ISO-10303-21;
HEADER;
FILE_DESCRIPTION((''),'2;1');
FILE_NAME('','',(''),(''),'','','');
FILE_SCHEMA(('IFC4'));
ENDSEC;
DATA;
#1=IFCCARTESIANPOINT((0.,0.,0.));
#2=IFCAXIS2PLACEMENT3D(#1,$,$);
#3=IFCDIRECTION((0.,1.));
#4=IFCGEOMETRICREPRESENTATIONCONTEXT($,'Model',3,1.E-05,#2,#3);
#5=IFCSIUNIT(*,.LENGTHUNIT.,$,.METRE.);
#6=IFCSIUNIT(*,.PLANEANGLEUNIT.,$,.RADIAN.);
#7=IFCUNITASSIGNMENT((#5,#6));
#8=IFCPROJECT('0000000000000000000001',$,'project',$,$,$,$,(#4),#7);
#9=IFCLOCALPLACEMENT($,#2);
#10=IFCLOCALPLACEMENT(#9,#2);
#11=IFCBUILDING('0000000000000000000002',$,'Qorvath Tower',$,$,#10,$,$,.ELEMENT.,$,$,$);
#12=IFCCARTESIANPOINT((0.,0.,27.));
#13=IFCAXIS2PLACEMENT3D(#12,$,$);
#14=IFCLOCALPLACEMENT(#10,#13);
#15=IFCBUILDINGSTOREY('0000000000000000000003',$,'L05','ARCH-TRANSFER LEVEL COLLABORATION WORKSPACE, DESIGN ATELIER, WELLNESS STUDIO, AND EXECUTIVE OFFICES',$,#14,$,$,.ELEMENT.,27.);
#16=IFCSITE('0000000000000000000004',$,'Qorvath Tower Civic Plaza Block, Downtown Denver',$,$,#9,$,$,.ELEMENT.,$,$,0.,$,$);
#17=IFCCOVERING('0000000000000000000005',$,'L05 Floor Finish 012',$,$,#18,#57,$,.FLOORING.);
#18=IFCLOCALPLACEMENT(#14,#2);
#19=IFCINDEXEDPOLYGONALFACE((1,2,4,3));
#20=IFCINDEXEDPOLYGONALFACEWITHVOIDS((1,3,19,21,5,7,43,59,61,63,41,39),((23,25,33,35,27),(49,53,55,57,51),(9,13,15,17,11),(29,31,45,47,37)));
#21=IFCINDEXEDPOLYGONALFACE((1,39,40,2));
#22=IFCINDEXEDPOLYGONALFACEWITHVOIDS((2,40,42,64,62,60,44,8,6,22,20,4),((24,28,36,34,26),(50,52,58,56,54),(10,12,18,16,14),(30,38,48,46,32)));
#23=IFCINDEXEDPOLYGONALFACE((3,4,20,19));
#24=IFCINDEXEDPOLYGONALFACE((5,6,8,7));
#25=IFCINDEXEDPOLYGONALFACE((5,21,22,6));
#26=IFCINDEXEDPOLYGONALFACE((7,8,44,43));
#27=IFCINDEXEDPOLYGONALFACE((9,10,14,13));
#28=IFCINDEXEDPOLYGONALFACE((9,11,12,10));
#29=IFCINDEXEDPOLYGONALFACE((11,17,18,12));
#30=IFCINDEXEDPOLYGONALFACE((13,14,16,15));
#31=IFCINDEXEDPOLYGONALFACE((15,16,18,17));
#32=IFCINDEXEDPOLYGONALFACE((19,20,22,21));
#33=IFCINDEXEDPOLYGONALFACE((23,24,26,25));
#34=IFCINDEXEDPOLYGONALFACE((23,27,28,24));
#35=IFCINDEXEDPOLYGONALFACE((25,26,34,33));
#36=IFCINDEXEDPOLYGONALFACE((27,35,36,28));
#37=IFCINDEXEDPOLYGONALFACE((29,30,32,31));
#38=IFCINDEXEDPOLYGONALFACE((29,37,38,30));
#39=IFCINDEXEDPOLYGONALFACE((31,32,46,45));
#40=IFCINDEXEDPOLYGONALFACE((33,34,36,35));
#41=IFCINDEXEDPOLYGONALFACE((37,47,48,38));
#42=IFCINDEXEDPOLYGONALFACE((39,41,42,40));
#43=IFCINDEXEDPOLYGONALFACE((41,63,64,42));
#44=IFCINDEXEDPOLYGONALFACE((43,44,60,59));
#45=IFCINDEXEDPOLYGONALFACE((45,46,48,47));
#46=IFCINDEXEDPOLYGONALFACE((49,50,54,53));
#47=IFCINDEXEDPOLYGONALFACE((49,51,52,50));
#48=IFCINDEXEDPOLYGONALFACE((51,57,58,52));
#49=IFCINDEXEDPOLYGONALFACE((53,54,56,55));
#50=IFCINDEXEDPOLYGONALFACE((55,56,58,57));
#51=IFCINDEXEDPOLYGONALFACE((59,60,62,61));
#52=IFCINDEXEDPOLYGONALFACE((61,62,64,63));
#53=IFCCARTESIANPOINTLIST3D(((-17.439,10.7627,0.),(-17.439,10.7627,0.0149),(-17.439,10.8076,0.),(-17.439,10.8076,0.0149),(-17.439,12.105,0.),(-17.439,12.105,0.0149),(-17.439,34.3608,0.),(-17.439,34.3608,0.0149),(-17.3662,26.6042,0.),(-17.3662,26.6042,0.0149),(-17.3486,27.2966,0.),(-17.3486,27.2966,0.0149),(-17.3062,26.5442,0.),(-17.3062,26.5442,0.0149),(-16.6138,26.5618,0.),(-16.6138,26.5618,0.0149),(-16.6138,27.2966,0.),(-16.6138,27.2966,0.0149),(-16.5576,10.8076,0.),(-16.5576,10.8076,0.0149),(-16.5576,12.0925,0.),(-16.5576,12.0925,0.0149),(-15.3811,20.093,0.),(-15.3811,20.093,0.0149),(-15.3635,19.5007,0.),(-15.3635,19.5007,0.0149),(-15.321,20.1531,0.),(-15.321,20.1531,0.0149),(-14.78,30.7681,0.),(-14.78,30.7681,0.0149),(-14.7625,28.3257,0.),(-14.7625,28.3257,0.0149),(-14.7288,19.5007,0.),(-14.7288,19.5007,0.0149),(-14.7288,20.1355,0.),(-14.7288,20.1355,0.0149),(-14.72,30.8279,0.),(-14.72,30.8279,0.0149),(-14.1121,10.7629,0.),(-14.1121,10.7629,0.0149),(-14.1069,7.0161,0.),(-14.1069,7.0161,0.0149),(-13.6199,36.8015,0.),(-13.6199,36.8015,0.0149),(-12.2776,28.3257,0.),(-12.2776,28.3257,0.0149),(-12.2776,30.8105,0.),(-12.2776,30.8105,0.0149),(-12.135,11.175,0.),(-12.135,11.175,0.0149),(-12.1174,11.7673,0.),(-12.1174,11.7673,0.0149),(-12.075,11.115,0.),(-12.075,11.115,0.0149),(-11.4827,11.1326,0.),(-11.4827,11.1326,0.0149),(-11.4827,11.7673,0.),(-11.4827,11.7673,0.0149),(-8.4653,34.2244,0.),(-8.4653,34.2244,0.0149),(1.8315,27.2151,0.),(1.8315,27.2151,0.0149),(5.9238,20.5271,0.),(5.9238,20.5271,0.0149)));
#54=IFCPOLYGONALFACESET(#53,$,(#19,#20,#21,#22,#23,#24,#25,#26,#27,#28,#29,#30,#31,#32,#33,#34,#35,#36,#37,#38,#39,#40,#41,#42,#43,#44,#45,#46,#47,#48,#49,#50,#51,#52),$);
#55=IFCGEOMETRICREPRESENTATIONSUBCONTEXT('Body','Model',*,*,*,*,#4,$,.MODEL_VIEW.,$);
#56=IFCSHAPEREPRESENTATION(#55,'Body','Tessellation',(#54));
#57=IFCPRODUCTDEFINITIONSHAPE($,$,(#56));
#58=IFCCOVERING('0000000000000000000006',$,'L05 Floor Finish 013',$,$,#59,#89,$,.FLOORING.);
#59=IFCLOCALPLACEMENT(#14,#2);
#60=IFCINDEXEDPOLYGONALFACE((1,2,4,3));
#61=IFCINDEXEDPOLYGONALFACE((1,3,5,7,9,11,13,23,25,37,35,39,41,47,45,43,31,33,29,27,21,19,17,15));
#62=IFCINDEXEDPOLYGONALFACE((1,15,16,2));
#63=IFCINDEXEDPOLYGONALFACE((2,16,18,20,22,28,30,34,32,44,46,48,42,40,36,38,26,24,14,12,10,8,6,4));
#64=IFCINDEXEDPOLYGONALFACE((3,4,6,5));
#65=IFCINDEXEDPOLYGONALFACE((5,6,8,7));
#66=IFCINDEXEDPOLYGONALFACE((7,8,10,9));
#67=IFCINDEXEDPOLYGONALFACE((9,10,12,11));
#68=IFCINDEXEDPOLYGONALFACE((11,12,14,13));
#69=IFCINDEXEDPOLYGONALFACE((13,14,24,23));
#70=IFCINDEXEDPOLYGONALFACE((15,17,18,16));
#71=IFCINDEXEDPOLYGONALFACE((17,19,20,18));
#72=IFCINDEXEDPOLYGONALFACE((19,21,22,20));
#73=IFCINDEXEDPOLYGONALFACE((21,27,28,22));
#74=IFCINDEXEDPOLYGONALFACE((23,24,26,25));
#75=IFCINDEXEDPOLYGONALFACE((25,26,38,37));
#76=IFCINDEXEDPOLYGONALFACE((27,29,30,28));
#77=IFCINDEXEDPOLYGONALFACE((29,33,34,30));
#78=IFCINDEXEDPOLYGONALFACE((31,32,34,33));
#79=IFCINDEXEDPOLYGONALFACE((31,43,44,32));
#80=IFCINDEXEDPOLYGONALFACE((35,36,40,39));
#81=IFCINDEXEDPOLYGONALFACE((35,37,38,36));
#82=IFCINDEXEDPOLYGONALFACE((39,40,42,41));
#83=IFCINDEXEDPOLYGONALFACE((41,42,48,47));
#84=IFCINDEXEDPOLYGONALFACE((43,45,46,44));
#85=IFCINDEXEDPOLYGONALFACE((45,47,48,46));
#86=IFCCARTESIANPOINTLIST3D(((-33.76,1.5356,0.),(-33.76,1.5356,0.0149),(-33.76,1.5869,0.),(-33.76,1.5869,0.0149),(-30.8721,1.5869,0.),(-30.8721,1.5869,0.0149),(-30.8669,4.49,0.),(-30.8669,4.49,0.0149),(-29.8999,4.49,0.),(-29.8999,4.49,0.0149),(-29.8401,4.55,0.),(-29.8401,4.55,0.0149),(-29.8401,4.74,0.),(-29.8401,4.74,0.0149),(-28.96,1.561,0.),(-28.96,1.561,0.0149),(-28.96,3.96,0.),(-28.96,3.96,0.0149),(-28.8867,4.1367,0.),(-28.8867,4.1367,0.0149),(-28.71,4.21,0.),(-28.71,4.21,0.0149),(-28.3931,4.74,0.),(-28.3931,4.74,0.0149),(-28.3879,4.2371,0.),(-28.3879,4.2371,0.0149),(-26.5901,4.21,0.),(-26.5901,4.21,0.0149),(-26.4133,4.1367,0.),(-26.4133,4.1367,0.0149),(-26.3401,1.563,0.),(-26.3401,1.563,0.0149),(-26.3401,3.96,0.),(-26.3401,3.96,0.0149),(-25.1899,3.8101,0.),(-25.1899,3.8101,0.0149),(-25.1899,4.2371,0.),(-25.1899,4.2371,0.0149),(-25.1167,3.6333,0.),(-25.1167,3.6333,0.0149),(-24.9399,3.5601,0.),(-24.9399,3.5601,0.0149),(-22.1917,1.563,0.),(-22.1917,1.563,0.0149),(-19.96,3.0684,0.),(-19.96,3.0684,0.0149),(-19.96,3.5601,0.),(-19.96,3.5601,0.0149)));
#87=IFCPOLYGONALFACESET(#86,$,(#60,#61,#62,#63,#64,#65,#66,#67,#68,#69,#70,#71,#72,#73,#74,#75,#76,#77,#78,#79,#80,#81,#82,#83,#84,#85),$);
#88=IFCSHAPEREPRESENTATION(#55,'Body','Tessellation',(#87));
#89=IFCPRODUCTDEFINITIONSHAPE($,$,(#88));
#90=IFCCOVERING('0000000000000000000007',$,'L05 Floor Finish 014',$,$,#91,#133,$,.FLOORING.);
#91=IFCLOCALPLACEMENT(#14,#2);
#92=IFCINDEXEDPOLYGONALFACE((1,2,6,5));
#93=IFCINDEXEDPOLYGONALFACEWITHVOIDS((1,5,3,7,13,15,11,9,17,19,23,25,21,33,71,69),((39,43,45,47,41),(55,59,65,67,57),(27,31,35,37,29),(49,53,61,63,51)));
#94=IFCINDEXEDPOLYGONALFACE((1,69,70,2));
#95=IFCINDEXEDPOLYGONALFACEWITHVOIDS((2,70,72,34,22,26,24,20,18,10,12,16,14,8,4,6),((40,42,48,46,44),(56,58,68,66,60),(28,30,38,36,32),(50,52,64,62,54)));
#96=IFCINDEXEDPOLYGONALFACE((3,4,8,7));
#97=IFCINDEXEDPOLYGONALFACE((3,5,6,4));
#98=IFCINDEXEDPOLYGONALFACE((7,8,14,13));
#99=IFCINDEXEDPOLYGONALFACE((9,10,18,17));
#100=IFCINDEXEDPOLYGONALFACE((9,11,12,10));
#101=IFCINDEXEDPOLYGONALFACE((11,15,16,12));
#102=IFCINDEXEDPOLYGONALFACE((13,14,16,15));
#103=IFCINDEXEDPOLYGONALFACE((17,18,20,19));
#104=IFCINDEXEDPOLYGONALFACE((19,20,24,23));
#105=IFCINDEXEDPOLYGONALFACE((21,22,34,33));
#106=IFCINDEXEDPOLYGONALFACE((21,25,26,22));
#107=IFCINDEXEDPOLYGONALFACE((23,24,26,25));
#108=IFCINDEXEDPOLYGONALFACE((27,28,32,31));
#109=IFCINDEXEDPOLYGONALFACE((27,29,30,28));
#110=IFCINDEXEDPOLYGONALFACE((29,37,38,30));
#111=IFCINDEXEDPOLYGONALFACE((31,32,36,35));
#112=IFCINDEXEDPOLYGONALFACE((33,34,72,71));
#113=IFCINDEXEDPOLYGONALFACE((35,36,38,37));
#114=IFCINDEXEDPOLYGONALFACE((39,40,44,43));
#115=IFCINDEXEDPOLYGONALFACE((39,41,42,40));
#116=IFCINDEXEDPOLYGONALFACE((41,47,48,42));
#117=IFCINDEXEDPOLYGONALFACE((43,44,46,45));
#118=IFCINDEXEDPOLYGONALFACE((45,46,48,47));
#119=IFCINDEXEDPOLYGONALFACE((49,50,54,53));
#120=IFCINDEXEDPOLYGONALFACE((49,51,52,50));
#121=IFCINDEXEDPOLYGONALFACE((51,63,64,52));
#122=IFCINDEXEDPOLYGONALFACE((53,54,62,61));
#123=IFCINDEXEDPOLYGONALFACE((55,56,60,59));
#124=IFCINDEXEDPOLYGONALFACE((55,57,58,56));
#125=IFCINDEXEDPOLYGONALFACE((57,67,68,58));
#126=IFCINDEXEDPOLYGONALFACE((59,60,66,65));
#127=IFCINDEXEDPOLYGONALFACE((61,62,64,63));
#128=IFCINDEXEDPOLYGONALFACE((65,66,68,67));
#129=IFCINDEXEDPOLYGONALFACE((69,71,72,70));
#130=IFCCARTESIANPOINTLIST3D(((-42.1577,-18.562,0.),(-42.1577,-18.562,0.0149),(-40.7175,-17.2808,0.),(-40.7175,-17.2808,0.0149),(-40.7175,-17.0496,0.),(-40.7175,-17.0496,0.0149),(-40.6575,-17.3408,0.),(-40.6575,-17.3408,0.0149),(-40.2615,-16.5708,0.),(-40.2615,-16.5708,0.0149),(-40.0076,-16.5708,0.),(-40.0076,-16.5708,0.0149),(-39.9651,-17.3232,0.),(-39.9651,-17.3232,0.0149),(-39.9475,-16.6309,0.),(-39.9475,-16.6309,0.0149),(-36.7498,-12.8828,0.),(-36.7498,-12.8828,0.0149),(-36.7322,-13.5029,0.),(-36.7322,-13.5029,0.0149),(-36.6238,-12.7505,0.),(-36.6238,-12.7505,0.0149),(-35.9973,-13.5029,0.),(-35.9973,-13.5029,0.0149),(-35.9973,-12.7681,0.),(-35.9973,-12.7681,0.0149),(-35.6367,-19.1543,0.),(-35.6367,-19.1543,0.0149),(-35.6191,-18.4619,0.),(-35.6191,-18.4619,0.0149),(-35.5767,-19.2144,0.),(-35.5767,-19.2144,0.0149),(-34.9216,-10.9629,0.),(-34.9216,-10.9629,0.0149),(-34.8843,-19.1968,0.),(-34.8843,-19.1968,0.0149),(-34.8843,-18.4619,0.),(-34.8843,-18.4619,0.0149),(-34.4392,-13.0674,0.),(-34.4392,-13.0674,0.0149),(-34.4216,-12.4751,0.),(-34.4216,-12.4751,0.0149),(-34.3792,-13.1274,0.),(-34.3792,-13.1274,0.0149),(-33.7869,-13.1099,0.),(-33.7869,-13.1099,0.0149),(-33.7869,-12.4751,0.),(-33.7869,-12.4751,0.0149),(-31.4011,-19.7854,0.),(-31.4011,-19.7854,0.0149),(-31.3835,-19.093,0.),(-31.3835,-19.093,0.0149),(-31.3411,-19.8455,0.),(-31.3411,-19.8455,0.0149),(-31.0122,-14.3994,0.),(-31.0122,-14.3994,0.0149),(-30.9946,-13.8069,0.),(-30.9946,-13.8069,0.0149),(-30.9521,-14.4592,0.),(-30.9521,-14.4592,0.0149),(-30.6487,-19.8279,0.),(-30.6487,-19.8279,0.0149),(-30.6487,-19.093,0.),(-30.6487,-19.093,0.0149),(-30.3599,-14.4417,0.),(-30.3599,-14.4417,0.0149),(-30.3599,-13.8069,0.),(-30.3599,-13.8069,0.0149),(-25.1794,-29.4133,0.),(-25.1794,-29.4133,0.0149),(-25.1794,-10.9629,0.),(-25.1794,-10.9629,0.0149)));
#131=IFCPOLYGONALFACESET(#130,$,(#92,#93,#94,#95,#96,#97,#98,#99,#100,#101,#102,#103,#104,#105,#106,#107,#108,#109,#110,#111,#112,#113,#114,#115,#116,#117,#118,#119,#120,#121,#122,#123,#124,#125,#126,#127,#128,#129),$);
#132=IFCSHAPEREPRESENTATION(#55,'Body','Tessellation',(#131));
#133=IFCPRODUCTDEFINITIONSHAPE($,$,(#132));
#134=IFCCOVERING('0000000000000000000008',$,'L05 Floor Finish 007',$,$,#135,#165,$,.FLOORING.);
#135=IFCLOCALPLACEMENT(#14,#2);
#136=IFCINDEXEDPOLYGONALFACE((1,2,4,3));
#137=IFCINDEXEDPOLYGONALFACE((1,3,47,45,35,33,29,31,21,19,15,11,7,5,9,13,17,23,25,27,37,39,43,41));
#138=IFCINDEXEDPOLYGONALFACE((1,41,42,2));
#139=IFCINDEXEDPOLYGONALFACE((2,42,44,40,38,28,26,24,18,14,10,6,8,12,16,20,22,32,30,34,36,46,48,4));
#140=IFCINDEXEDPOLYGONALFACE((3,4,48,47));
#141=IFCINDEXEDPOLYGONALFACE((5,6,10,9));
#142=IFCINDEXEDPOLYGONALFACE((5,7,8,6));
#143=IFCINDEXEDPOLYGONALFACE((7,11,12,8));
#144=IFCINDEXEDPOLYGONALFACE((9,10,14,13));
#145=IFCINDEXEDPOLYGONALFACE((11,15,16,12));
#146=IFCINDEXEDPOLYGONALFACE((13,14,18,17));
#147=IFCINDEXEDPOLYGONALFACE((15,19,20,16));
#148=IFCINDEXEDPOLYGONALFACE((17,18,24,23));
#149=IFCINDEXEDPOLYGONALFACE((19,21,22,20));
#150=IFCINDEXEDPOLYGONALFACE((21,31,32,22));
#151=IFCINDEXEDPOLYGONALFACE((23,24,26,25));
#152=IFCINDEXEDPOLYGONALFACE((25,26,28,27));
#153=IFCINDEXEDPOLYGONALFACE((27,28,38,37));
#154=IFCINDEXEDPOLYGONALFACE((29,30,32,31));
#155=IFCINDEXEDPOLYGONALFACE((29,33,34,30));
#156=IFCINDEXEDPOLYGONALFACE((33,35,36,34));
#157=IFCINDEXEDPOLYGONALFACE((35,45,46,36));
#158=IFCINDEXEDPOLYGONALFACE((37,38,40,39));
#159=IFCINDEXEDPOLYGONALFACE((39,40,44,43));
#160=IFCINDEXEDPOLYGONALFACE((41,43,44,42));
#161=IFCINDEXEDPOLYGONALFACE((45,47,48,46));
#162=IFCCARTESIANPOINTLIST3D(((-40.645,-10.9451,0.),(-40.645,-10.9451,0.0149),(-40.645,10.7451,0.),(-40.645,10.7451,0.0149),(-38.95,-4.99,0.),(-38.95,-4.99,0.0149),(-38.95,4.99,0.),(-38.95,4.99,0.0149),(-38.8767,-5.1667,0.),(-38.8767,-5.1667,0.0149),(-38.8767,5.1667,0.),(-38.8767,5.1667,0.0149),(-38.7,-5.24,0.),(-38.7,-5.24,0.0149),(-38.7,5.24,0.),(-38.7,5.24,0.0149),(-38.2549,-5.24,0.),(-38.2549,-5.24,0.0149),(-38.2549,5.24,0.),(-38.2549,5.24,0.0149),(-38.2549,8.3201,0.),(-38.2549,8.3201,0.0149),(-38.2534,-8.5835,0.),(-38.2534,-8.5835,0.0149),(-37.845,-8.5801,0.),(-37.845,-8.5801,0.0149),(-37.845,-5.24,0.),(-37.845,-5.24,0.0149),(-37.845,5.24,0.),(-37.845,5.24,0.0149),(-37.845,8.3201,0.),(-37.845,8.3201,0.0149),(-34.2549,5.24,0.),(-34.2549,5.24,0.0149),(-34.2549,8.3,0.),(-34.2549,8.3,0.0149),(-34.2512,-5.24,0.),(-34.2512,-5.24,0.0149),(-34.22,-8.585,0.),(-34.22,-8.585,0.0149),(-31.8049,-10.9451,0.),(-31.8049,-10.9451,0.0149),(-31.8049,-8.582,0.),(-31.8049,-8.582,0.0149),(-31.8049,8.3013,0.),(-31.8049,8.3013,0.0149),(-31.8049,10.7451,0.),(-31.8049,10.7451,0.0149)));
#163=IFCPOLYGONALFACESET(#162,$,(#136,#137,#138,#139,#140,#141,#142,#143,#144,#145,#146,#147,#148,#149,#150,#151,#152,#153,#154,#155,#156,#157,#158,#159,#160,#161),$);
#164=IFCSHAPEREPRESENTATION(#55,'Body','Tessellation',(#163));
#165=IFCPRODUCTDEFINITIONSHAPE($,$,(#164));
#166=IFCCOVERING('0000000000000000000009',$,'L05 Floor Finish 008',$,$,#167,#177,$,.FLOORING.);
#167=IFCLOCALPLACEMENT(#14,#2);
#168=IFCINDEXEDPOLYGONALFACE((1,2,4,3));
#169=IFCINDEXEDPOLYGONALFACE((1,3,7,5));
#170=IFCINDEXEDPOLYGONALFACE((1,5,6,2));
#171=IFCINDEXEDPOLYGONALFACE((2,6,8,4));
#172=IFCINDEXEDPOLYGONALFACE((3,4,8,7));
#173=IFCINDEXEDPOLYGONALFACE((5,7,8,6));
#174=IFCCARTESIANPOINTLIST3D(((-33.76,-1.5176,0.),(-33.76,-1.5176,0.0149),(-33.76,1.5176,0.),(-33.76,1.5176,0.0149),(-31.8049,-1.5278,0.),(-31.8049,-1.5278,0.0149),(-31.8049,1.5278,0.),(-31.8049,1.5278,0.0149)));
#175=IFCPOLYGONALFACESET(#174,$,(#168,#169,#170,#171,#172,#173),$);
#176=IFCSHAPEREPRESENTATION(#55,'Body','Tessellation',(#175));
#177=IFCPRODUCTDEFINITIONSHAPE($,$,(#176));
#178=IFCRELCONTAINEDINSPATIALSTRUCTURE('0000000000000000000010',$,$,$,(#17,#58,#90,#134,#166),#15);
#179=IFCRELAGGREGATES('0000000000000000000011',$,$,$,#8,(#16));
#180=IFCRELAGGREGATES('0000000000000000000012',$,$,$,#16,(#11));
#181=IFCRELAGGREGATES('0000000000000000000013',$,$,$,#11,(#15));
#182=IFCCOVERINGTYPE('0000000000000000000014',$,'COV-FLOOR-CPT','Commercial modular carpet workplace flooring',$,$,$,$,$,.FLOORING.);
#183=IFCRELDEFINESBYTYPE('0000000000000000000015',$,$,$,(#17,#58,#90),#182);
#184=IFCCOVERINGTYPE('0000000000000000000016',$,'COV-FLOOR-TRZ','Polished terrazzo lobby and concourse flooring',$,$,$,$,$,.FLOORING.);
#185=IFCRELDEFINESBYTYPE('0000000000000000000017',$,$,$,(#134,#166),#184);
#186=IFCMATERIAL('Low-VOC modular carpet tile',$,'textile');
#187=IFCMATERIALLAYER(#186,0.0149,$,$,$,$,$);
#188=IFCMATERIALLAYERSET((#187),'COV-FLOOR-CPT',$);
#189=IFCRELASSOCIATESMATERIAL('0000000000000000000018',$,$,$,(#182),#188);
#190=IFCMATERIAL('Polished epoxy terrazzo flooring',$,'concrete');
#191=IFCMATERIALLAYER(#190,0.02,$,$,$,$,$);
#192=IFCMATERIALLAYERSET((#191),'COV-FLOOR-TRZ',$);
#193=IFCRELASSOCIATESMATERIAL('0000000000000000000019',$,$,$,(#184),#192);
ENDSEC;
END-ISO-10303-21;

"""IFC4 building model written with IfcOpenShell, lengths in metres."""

from ifc_helpers import new_model, si_unit, direction, frame, origin, place, context, subcontext, project, spatial, polyline, outline, extrude, material, layer, layer_set, type_object, element, save


model = new_model("IFC4")

# Units and contexts
model_context = context("Model", 3, precision=1e-05, world=origin(), true_north=direction((0.0, 1.0)))
body_context = subcontext(model_context, "Body", "Model", "MODEL_VIEW")
ifc_project = project(units=[si_unit("LENGTHUNIT", "METRE"), si_unit("PLANEANGLEUNIT", "RADIAN")], contexts=[model_context])

# Site, building, storey
site_placement = place(None, origin())
site = spatial("IfcSite", under=ifc_project, at=site_placement, Name="Qorvath Tower Civic Plaza Block, Downtown Denver", CompositionType="ELEMENT", RefElevation=0.0)
building_placement = place(site_placement, origin())
building = spatial("IfcBuilding", under=site, at=building_placement, Name="Qorvath Tower", CompositionType="ELEMENT")
storey_placement = place(building_placement, frame((0.0, 0.0, 27.0)))
storey = spatial("IfcBuildingStorey", under=building, at=storey_placement, Name="L05", Description="ARCH-TRANSFER LEVEL COLLABORATION WORKSPACE, DESIGN ATELIER, WELLNESS STUDIO, AND EXECUTIVE OFFICES", CompositionType="ELEMENT", Elevation=27.0)

# Coverings
ifc_material_1 = material(Name="Low-VOC modular carpet tile", Category="textile")
ifc_layer_1 = layer(ifc_material_1, 0.0149)
ifc_layer_set_1 = layer_set([ifc_layer_1], Name="COV-FLOOR-CPT")
covering_type_1 = type_object("IfcCoveringType", Name="COV-FLOOR-CPT", Description="Commercial modular carpet workplace flooring", PredefinedType="FLOORING", material=ifc_layer_set_1)
covering_1_placement = place(storey_placement, origin())
element("IfcCovering", 1, at=covering_1_placement, inside=storey, type_object=covering_type_1, Name="L05 Floor Finish 012", PredefinedType="FLOORING", context=body_context, shape_type="SweptSolid", body=[
    extrude(outline(polyline([(-17.439, 34.3608), (-17.439, 12.105), (-16.5576, 12.0925), (-16.5576, 10.8076), (-17.439, 10.8076), (-17.439, 10.7627), (-14.1121, 10.7629), (-14.1069, 7.0161), (5.9238, 20.5271), (1.8315, 27.2151), (-8.4653, 34.2244), (-13.6199, 36.8015), (-17.439, 34.3608)]), holes=[polyline([(-12.135, 11.175), (-12.1174, 11.7673), (-11.4827, 11.7673), (-11.4827, 11.1326), (-12.075, 11.115), (-12.135, 11.175)]), polyline([(-14.78, 30.7681), (-14.72, 30.8279), (-12.2776, 30.8105), (-12.2776, 28.3257), (-14.7625, 28.3257), (-14.78, 30.7681)]), polyline([(-15.3811, 20.093), (-15.321, 20.1531), (-14.7288, 20.1355), (-14.7288, 19.5007), (-15.3635, 19.5007), (-15.3811, 20.093)]), polyline([(-17.3662, 26.6042), (-17.3486, 27.2966), (-16.6138, 27.2966), (-16.6138, 26.5618), (-17.3062, 26.5442), (-17.3662, 26.6042)])]), origin(), (0.0, 0.0, 1.0), 0.0149),
])
covering_2_placement = place(storey_placement, origin())
element("IfcCovering", 2, at=covering_2_placement, inside=storey, type_object=covering_type_1, Name="L05 Floor Finish 013", PredefinedType="FLOORING", context=body_context, shape_type="SweptSolid", body=[
    extrude(outline(polyline([(-33.76, 1.5869), (-33.76, 1.5356), (-28.96, 1.561), (-28.96, 3.96), (-28.8867, 4.1367), (-28.71, 4.21), (-26.5901, 4.21), (-26.4133, 4.1367), (-26.3401, 3.96), (-26.3401, 1.563), (-22.1917, 1.563), (-19.96, 3.0684), (-19.96, 3.5601), (-24.9399, 3.5601), (-25.1167, 3.6333), (-25.1899, 3.8101), (-25.1899, 4.2371), (-28.3879, 4.2371), (-28.3931, 4.74), (-29.8401, 4.74), (-29.8401, 4.55), (-29.8999, 4.49), (-30.8669, 4.49), (-30.8721, 1.5869), (-33.76, 1.5869)])), origin(), (0.0, 0.0, 1.0), 0.0149),
])
covering_3_placement = place(storey_placement, origin())
element("IfcCovering", 3, at=covering_3_placement, inside=storey, type_object=covering_type_1, Name="L05 Floor Finish 014", PredefinedType="FLOORING", context=body_context, shape_type="SweptSolid", body=[
    extrude(outline(polyline([(-25.1794, -29.4133), (-25.1794, -10.9629), (-34.9216, -10.9629), (-36.6238, -12.7505), (-35.9973, -12.7681), (-35.9973, -13.5029), (-36.7322, -13.5029), (-36.7498, -12.8828), (-40.2615, -16.5708), (-40.0076, -16.5708), (-39.9475, -16.6309), (-39.9651, -17.3232), (-40.6575, -17.3408), (-40.7175, -17.2808), (-40.7175, -17.0496), (-42.1577, -18.562), (-25.1794, -29.4133)]), holes=[polyline([(-31.0122, -14.3994), (-30.9946, -13.8069), (-30.3599, -13.8069), (-30.3599, -14.4417), (-30.9521, -14.4592), (-31.0122, -14.3994)]), polyline([(-31.4011, -19.7854), (-31.3835, -19.093), (-30.6487, -19.093), (-30.6487, -19.8279), (-31.3411, -19.8455), (-31.4011, -19.7854)]), polyline([(-34.4392, -13.0674), (-34.4216, -12.4751), (-33.7869, -12.4751), (-33.7869, -13.1099), (-34.3792, -13.1274), (-34.4392, -13.0674)]), polyline([(-35.6367, -19.1543), (-35.6191, -18.4619), (-34.8843, -18.4619), (-34.8843, -19.1968), (-35.5767, -19.2144), (-35.6367, -19.1543)])]), origin(), (0.0, 0.0, 1.0), 0.0149),
])
ifc_material_2 = material(Name="Polished epoxy terrazzo flooring", Category="concrete")
ifc_layer_2 = layer(ifc_material_2, 0.02)
ifc_layer_set_2 = layer_set([ifc_layer_2], Name="COV-FLOOR-TRZ")
covering_type_2 = type_object("IfcCoveringType", Name="COV-FLOOR-TRZ", Description="Polished terrazzo lobby and concourse flooring", PredefinedType="FLOORING", material=ifc_layer_set_2)
covering_4_placement = place(storey_placement, origin())
element("IfcCovering", 4, at=covering_4_placement, inside=storey, type_object=covering_type_2, Name="L05 Floor Finish 007", PredefinedType="FLOORING", context=body_context, shape_type="SweptSolid", body=[
    extrude(outline(polyline([(-31.8049, -10.9451), (-31.8049, -8.582), (-34.22, -8.585), (-34.2512, -5.24), (-37.845, -5.24), (-37.845, -8.5801), (-38.2534, -8.5835), (-38.2549, -5.24), (-38.7, -5.24), (-38.8767, -5.1667), (-38.95, -4.99), (-38.95, 4.99), (-38.8767, 5.1667), (-38.7, 5.24), (-38.2549, 5.24), (-38.2549, 8.3201), (-37.845, 8.3201), (-37.845, 5.24), (-34.2549, 5.24), (-34.2549, 8.3), (-31.8049, 8.3013), (-31.8049, 10.7451), (-40.645, 10.7451), (-40.645, -10.9451), (-31.8049, -10.9451)])), origin(), (0.0, 0.0, 1.0), 0.0149),
])
covering_5_placement = place(storey_placement, origin())
element("IfcCovering", 5, at=covering_5_placement, inside=storey, type_object=covering_type_2, Name="L05 Floor Finish 008", PredefinedType="FLOORING", context=body_context, shape_type="SweptSolid", body=[
    extrude(outline(polyline([(-31.8049, -1.5278), (-31.8049, 1.5278), (-33.76, 1.5176), (-33.76, -1.5176), (-31.8049, -1.5278)])), origin(), (0.0, 0.0, 1.0), 0.0149),
])

save(model, "model.ifc")
